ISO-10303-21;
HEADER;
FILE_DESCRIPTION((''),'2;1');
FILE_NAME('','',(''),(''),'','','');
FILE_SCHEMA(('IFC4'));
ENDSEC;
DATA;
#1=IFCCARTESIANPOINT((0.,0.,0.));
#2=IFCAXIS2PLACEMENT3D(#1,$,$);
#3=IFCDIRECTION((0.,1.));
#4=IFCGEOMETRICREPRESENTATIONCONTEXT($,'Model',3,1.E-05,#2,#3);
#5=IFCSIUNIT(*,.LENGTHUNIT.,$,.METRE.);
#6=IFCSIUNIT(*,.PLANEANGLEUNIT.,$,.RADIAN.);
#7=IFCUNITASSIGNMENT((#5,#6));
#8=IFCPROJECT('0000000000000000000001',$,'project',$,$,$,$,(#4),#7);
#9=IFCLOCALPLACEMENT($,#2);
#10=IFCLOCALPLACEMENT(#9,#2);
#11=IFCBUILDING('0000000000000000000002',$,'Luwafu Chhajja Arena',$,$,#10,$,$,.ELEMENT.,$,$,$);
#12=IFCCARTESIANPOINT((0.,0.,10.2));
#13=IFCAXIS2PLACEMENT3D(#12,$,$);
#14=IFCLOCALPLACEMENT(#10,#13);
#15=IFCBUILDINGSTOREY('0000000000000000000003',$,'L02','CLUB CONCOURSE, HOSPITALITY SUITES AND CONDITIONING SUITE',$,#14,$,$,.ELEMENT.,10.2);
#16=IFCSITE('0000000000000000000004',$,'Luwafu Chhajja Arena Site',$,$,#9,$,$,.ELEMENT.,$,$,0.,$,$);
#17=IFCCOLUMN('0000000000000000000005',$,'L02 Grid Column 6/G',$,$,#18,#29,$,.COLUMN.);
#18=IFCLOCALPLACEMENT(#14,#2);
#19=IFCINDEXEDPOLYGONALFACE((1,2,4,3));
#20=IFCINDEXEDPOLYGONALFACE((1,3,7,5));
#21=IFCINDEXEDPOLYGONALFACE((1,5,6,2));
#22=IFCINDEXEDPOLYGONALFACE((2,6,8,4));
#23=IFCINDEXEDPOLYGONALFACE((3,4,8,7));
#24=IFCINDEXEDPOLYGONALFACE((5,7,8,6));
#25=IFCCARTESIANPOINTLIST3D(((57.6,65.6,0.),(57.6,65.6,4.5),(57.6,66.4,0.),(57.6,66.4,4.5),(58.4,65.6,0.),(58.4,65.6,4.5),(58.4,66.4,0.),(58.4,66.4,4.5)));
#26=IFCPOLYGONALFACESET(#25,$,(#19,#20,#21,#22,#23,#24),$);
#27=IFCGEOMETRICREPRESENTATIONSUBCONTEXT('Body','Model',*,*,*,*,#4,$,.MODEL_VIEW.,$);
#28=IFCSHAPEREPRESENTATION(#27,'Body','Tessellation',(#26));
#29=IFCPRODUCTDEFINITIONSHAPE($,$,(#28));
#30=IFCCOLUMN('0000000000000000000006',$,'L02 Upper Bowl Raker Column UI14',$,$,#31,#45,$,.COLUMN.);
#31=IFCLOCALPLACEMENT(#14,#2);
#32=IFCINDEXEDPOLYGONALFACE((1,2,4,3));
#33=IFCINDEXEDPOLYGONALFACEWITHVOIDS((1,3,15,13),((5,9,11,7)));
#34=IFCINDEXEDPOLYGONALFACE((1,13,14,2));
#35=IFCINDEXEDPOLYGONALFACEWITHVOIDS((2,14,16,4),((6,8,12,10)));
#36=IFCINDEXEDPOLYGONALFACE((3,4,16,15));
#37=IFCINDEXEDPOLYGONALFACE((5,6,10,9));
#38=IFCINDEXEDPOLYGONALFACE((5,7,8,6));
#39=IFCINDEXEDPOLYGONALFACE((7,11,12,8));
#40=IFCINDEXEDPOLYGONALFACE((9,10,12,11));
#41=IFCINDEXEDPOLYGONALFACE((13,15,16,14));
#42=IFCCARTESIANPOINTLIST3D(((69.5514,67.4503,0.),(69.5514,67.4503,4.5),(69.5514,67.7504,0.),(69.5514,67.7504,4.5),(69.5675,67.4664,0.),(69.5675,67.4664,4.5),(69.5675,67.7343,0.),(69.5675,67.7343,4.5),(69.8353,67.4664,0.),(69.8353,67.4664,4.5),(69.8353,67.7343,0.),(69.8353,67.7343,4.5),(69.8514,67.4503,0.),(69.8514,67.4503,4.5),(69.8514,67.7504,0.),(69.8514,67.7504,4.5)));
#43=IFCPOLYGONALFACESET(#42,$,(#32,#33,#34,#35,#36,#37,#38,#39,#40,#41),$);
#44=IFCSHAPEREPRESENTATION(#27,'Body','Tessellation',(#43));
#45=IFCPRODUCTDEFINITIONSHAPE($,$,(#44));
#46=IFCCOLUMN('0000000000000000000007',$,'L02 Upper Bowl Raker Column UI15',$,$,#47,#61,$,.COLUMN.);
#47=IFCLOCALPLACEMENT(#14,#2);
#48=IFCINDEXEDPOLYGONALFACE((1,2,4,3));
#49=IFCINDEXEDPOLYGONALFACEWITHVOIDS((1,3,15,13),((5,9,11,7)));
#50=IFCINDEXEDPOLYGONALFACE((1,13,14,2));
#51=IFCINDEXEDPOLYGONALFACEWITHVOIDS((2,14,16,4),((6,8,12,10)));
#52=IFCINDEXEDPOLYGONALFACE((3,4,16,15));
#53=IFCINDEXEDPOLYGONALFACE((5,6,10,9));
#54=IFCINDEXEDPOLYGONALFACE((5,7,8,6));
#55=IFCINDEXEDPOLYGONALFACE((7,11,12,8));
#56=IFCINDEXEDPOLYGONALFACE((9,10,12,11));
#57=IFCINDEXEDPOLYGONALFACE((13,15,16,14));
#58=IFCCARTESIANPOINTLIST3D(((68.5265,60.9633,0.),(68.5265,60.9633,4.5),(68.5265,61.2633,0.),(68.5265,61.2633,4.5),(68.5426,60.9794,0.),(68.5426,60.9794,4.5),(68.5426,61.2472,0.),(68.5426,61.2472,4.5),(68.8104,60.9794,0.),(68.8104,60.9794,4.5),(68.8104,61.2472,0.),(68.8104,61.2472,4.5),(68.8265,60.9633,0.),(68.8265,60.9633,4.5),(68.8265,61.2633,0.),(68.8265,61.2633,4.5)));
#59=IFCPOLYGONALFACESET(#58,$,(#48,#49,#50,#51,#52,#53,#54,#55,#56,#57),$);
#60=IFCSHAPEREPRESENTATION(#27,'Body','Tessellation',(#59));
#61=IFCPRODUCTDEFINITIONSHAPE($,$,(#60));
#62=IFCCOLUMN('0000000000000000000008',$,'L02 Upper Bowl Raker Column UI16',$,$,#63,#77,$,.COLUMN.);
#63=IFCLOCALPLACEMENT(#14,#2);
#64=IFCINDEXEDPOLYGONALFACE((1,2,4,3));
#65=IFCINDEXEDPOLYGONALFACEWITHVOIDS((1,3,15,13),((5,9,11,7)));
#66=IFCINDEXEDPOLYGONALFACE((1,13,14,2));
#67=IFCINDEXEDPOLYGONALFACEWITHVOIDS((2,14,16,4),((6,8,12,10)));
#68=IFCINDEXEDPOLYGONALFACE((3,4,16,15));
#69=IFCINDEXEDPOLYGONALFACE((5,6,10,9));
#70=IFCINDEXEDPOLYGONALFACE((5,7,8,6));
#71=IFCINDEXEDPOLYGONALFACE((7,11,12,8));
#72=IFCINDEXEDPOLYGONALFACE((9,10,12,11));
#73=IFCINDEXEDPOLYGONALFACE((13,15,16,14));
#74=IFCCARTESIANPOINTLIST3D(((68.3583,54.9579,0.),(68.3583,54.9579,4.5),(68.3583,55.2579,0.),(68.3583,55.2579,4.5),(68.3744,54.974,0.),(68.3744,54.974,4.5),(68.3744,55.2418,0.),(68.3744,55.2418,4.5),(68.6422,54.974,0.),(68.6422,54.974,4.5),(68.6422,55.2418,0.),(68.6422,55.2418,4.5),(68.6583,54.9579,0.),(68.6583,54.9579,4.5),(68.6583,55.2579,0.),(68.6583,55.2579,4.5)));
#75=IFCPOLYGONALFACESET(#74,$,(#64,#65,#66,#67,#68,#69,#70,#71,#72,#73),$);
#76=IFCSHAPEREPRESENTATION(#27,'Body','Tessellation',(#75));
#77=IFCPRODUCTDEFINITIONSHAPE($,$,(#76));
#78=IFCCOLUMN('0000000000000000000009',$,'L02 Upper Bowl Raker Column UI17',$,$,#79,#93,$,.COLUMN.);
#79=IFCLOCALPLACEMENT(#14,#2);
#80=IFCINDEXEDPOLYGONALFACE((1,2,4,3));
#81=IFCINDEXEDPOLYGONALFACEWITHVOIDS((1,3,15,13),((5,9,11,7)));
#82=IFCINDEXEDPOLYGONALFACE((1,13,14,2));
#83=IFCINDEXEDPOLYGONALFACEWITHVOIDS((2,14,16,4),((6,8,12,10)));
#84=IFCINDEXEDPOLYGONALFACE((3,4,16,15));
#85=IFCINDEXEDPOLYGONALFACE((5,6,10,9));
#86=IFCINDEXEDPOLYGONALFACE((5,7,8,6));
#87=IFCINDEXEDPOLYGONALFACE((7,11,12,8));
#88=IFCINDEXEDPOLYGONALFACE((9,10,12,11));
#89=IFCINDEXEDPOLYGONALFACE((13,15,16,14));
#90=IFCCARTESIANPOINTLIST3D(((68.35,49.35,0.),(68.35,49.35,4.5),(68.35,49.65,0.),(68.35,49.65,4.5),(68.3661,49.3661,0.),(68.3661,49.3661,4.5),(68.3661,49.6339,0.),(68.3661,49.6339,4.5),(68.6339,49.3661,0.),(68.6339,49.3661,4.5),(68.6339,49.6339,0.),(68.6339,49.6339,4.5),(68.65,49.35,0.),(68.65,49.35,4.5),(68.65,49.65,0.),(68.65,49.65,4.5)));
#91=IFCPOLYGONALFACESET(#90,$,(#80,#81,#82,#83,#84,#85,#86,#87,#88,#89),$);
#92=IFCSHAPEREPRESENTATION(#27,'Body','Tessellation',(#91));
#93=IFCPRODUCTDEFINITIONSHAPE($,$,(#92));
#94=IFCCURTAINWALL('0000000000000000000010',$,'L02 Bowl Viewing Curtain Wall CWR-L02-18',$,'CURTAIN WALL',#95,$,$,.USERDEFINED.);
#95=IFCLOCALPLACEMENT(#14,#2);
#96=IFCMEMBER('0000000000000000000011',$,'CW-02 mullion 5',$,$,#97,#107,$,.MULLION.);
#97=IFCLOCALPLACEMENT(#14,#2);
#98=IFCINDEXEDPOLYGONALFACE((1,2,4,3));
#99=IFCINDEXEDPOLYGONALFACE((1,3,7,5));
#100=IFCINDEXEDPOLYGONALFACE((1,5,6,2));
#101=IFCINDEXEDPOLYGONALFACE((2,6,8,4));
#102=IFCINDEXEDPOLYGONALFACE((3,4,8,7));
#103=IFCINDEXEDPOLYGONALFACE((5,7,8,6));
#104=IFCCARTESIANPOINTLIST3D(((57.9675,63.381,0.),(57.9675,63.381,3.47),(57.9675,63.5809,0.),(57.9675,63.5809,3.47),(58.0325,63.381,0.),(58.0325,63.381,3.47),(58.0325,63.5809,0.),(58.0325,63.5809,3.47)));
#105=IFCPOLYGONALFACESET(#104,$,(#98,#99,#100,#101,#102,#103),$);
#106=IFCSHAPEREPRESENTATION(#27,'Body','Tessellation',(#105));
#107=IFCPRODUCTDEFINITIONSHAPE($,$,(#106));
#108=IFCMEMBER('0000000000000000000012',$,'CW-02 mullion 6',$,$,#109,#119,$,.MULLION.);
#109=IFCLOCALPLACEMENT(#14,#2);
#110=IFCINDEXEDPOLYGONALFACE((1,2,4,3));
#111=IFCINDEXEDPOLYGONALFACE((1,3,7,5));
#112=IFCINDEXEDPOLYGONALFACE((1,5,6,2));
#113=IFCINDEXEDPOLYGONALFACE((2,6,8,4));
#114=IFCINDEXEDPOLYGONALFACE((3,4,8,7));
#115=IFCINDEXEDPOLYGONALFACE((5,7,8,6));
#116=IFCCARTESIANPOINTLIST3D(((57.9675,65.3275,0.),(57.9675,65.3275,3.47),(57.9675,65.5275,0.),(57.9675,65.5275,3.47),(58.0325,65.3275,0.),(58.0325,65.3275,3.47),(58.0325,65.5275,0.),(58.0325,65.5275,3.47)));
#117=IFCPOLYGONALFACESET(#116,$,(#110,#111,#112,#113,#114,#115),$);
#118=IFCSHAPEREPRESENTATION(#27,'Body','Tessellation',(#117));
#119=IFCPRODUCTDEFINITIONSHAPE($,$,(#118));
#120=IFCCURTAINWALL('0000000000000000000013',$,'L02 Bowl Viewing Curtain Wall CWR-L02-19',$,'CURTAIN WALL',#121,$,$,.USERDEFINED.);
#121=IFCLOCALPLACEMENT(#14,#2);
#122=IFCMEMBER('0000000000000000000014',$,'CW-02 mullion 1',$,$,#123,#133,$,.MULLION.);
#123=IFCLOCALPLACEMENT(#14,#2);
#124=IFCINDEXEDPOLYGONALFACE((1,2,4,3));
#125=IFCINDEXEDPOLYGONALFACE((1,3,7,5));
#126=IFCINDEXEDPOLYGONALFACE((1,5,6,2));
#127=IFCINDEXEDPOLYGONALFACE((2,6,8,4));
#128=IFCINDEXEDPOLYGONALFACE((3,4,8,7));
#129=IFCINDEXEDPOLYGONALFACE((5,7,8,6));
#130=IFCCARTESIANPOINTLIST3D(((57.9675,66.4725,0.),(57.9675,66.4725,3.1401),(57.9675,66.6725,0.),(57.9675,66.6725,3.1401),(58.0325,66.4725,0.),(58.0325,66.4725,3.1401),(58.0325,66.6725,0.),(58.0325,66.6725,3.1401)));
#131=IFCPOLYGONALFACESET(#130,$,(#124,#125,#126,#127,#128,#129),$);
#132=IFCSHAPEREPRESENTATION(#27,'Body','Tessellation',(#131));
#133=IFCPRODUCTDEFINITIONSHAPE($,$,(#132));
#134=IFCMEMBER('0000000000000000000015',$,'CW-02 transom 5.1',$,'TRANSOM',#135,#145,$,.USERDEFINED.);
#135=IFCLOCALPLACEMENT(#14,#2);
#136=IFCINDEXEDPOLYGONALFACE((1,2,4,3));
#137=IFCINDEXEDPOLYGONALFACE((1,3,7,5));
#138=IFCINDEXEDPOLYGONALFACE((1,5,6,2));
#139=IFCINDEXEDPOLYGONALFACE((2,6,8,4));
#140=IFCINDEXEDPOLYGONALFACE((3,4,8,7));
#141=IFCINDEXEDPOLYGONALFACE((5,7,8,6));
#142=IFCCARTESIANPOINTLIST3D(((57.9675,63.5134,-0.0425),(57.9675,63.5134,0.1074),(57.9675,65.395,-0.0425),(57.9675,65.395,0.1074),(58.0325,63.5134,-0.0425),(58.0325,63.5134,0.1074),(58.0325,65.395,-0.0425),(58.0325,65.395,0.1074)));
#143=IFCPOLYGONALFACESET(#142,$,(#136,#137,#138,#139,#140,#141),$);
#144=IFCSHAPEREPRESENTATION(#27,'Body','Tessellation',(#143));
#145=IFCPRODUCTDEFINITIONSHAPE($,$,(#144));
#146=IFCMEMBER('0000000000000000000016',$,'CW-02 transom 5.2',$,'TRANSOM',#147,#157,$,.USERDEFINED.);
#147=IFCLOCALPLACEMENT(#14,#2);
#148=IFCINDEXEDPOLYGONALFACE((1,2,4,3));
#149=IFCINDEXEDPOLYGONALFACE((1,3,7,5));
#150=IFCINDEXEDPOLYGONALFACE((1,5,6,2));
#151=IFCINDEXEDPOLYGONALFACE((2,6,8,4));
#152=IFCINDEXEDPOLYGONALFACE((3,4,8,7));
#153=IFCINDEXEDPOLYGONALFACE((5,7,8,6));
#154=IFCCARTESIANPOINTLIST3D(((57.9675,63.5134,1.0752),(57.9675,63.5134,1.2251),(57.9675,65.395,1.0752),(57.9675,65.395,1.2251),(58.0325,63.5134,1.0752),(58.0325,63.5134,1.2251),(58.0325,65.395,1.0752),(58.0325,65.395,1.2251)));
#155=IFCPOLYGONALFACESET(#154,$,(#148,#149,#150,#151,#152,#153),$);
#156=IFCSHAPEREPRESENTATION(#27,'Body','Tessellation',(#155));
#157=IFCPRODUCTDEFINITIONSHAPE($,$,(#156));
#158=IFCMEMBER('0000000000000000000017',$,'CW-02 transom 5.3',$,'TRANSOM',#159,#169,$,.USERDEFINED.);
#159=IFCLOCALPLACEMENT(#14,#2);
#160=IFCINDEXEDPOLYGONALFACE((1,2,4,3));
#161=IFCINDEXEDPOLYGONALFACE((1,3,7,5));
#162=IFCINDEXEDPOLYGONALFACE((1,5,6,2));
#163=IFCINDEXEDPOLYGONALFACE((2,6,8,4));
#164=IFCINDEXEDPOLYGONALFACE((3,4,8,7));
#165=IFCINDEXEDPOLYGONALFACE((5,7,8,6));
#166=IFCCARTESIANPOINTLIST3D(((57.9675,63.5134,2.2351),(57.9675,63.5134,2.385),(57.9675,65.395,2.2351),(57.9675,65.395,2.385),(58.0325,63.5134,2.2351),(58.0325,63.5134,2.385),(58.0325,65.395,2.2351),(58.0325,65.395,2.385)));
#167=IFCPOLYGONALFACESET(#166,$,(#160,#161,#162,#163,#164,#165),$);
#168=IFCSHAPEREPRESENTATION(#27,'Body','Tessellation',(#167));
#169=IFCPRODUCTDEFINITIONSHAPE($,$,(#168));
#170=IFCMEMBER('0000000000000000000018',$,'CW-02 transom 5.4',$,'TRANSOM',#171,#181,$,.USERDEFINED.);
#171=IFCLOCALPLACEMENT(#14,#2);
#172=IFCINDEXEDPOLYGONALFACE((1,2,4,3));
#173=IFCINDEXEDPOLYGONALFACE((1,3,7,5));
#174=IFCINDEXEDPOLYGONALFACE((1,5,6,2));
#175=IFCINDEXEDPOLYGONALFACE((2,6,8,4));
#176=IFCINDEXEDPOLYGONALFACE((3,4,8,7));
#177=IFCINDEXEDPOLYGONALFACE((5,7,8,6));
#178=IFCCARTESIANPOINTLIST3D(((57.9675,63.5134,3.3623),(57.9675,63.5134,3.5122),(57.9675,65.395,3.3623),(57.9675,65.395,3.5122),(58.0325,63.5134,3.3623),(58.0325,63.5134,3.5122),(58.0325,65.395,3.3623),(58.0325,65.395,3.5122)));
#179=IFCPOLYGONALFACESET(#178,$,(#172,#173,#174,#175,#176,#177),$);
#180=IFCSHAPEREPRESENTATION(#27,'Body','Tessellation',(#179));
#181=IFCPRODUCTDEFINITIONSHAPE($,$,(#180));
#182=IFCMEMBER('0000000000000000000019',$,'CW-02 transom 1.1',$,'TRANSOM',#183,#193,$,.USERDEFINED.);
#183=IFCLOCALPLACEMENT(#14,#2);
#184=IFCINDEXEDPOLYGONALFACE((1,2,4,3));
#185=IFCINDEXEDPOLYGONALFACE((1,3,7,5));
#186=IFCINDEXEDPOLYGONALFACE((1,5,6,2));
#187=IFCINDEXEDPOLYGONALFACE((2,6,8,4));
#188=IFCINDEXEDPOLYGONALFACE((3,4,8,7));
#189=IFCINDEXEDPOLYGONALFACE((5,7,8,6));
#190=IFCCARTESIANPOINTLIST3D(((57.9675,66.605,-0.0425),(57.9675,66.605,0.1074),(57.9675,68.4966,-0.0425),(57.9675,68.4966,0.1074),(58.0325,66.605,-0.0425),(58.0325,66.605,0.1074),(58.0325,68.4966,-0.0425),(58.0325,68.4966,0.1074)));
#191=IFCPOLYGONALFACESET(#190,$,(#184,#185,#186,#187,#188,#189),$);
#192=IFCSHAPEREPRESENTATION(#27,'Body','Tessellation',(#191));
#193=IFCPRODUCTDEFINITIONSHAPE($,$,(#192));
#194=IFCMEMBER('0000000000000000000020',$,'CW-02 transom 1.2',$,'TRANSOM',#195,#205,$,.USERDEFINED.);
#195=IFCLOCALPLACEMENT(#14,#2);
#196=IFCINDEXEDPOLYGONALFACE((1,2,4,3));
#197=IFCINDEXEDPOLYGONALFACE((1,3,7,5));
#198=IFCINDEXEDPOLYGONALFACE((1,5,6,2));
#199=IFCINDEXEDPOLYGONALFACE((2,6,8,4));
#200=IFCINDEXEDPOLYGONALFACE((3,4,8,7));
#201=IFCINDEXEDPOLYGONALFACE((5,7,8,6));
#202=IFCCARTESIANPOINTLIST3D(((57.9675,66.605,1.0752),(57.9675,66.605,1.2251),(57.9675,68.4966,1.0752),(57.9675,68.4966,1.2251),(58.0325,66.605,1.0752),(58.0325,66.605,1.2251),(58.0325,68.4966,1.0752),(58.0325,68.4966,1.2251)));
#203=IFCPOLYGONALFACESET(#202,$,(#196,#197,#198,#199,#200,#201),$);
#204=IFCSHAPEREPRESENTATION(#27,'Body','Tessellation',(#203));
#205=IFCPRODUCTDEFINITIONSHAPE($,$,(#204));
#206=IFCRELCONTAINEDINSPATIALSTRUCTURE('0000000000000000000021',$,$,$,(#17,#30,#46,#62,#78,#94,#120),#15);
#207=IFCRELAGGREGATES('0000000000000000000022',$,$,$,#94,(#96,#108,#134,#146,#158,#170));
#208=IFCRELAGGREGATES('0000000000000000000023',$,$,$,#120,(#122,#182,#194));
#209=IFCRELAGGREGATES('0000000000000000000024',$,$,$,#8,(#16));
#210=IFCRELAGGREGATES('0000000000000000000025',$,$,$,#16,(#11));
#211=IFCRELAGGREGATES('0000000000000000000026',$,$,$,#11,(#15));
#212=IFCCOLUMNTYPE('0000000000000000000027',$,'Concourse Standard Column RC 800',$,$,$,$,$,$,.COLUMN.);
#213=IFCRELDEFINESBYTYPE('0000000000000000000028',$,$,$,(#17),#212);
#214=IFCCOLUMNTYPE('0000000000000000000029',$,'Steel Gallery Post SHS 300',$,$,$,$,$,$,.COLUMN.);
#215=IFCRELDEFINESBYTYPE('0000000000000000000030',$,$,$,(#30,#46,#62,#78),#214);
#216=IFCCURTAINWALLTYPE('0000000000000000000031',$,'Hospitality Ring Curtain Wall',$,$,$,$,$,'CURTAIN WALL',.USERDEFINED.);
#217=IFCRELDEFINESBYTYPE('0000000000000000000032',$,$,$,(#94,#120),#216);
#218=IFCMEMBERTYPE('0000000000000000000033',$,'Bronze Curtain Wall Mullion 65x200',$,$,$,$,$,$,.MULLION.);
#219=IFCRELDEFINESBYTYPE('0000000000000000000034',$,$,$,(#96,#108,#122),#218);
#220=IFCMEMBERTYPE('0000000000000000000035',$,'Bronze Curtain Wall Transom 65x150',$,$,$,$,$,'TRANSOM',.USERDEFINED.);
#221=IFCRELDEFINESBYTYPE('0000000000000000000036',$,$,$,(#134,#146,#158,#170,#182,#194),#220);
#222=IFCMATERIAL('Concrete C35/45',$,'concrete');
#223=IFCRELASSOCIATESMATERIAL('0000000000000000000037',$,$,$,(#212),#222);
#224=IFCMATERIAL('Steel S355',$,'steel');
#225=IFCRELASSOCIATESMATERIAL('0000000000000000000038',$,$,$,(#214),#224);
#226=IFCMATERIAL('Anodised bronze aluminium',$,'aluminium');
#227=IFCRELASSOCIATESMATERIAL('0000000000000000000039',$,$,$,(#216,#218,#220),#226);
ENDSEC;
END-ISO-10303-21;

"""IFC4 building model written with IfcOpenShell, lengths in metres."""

from ifc_helpers import new_model, si_unit, direction, frame, origin, origin_2d, place, context, subcontext, project, spatial, rectangle, hollow_rectangle, extrude, material, material_profile, profile_set, type_object, element, aggregate, save


model = new_model("IFC4")

# Units and contexts
model_context = context("Model", 3, precision=1e-05, world=origin(), true_north=direction((0.0, 1.0)))
body_context = subcontext(model_context, "Body", "Model", "MODEL_VIEW")
ifc_project = project(units=[si_unit("LENGTHUNIT", "METRE"), si_unit("PLANEANGLEUNIT", "RADIAN")], contexts=[model_context])

# Site, building, storey
site_placement = place(None, origin())
site = spatial("IfcSite", under=ifc_project, at=site_placement, Name="Luwafu Chhajja Arena Site", CompositionType="ELEMENT", RefElevation=0.0)
building_placement = place(site_placement, origin())
building = spatial("IfcBuilding", under=site, at=building_placement, Name="Luwafu Chhajja Arena", CompositionType="ELEMENT")
storey_placement = place(building_placement, frame((0.0, 0.0, 10.2)))
storey = spatial("IfcBuildingStorey", under=building, at=storey_placement, Name="L02", Description="CLUB CONCOURSE, HOSPITALITY SUITES AND CONDITIONING SUITE", CompositionType="ELEMENT", Elevation=10.2)

# Columns
ifc_material_1 = material(Name="Concrete C35/45", Category="concrete")
ifc_material_profile_1 = material_profile(ifc_material_1, rectangle(XDim=0.8, YDim=0.8, at=origin_2d()), Name="RC 800x800")
ifc_profile_set_1 = profile_set([ifc_material_profile_1], Name="Concrete C35/45")
column_type_1 = type_object("IfcColumnType", Name="Concourse Standard Column RC 800", PredefinedType="COLUMN", material=ifc_profile_set_1)
column_placement = place(storey_placement, frame((58.0, 66.0, 0.0), z_axis=(0.0, 0.0, 1.0), x_axis=(1.0, 0.0, 0.0)))
element("IfcColumn", 1, at=column_placement, inside=storey, type_object=column_type_1, Name="L02 Grid Column 6/G", PredefinedType="COLUMN", context=body_context, shape_type="SweptSolid", body=[
    extrude(rectangle(XDim=0.8, YDim=0.8, at=origin_2d()), origin(), (0.0, 0.0, 1.0), 4.5),
])
ifc_material_2 = material(Name="Steel S355", Category="steel")
ifc_material_profile_2 = material_profile(ifc_material_2, hollow_rectangle(XDim=0.3, YDim=0.3, WallThickness=0.0161, at=origin_2d()), Name="SHS 300x300x16")
ifc_profile_set_2 = profile_set([ifc_material_profile_2], Name="Steel S355")
column_type_2 = type_object("IfcColumnType", Name="Steel Gallery Post SHS 300", PredefinedType="COLUMN", material=ifc_profile_set_2)
for number, where, z_axis, x_axis, name in (
    (2, (69.7014, 67.6003, 0.0), (0.0, 0.0, 1.0), (1.0, 0.0, 0.0), "L02 Upper Bowl Raker Column UI14"),
    (3, (68.6765, 61.1133, 0.0), (0.0, 0.0, 1.0), (1.0, 0.0, 0.0), "L02 Upper Bowl Raker Column UI15"),
    (4, (68.5083, 55.1079, 0.0), (0.0, 0.0, 1.0), (1.0, 0.0, 0.0), "L02 Upper Bowl Raker Column UI16"),
    (5, (68.5, 49.5, 0.0), (0.0, 0.0, 1.0), (1.0, 0.0, 0.0), "L02 Upper Bowl Raker Column UI17"),
):
    element("IfcColumn", number, at=place(storey_placement, frame(where, z_axis=z_axis, x_axis=x_axis)), inside=storey, type_object=column_type_2, Name=name, PredefinedType="COLUMN", context=body_context, shape_type="SweptSolid", body=[
        extrude(hollow_rectangle(XDim=0.3, YDim=0.3, WallThickness=0.0161, at=origin_2d()), origin(), (0.0, 0.0, 1.0), 4.5),
    ])

# Curtain wall, members
ifc_material_3 = material(Name="Anodised bronze aluminium", Category="aluminium")
curtain_wall_type = type_object("IfcCurtainWallType", Name="Hospitality Ring Curtain Wall", ElementType="CURTAIN WALL", PredefinedType="USERDEFINED", material=ifc_material_3)
curtain_wall_1_placement = place(storey_placement, origin())
curtain_wall_1 = element("IfcCurtainWall", 6, at=curtain_wall_1_placement, inside=storey, type_object=curtain_wall_type, Name="L02 Bowl Viewing Curtain Wall CWR-L02-18", ObjectType="CURTAIN WALL", PredefinedType="USERDEFINED")
ifc_material_profile_3 = material_profile(ifc_material_3, rectangle(XDim=0.0649, YDim=0.2, at=origin_2d()), Name="CWM 65x200")
ifc_profile_set_3 = profile_set([ifc_material_profile_3], Name="Anodised bronze aluminium")
member_type_1 = type_object("IfcMemberType", Name="Bronze Curtain Wall Mullion 65x200", PredefinedType="MULLION", material=ifc_profile_set_3)
member_1_placement = place(storey_placement, frame((58.0, 63.481, 0.0), z_axis=(0.0, 0.0, 1.0), x_axis=(-1.0, 0.0, 0.0)))
member_1 = element("IfcMember", 7, at=member_1_placement, type_object=member_type_1, Name="CW-02 mullion 5", PredefinedType="MULLION", context=body_context, shape_type="SweptSolid", body=[
    extrude(rectangle(XDim=0.0649, YDim=0.2, at=origin_2d()), origin(), (0.0, 0.0, 1.0), 3.47),
])
member_2_placement = place(storey_placement, frame((58.0, 65.4275, 0.0), z_axis=(0.0, 0.0, 1.0), x_axis=(-1.0, 0.0, 0.0)))
member_2 = element("IfcMember", 8, at=member_2_placement, type_object=member_type_1, Name="CW-02 mullion 6", PredefinedType="MULLION", context=body_context, shape_type="SweptSolid", body=[
    extrude(rectangle(XDim=0.0649, YDim=0.2, at=origin_2d()), origin(), (0.0, 0.0, 1.0), 3.47),
])

# Curtain wall, member
curtain_wall_2_placement = place(storey_placement, origin())
curtain_wall_2 = element("IfcCurtainWall", 9, at=curtain_wall_2_placement, inside=storey, type_object=curtain_wall_type, Name="L02 Bowl Viewing Curtain Wall CWR-L02-19", ObjectType="CURTAIN WALL", PredefinedType="USERDEFINED")
member_3_placement = place(storey_placement, frame((58.0, 66.5725, 0.0), z_axis=(0.0, 0.0, 1.0), x_axis=(-1.0, 0.0, 0.0)))
member_3 = element("IfcMember", 10, at=member_3_placement, type_object=member_type_1, Name="CW-02 mullion 1", PredefinedType="MULLION", context=body_context, shape_type="SweptSolid", body=[
    extrude(rectangle(XDim=0.0649, YDim=0.2, at=origin_2d()), origin(), (0.0, 0.0, 1.0), 3.1401),
])

# Members
ifc_material_profile_4 = material_profile(ifc_material_3, rectangle(XDim=0.0649, YDim=0.1499, at=origin_2d()), Name="CWT 65x150")
ifc_profile_set_4 = profile_set([ifc_material_profile_4], Name="Anodised bronze aluminium")
member_type_2 = type_object("IfcMemberType", Name="Bronze Curtain Wall Transom 65x150", ElementType="TRANSOM", PredefinedType="USERDEFINED", material=ifc_profile_set_4)
member_4_placement = place(storey_placement, frame((58.0, 63.5134, 0.0325), z_axis=(0.0, 1.0, 0.0), x_axis=(-1.0, 0.0, 0.0)))
member_4 = element("IfcMember", 11, at=member_4_placement, type_object=member_type_2, Name="CW-02 transom 5.1", ObjectType="TRANSOM", PredefinedType="USERDEFINED", context=body_context, shape_type="SweptSolid", body=[
    extrude(rectangle(XDim=0.0649, YDim=0.1499, at=origin_2d()), origin(), (0.0, 0.0, 1.0), 1.8816),
])
member_5_placement = place(storey_placement, frame((58.0, 63.5134, 1.1501), z_axis=(0.0, 1.0, 0.0), x_axis=(-1.0, 0.0, 0.0)))
member_5 = element("IfcMember", 12, at=member_5_placement, type_object=member_type_2, Name="CW-02 transom 5.2", ObjectType="TRANSOM", PredefinedType="USERDEFINED", context=body_context, shape_type="SweptSolid", body=[
    extrude(rectangle(XDim=0.0649, YDim=0.1499, at=origin_2d()), origin(), (0.0, 0.0, 1.0), 1.8816),
])
member_6_placement = place(storey_placement, frame((58.0, 63.5134, 2.3101), z_axis=(0.0, 1.0, 0.0), x_axis=(-1.0, 0.0, 0.0)))
member_6 = element("IfcMember", 13, at=member_6_placement, type_object=member_type_2, Name="CW-02 transom 5.3", ObjectType="TRANSOM", PredefinedType="USERDEFINED", context=body_context, shape_type="SweptSolid", body=[
    extrude(rectangle(XDim=0.0649, YDim=0.1499, at=origin_2d()), origin(), (0.0, 0.0, 1.0), 1.8816),
])
member_7_placement = place(storey_placement, frame((58.0, 63.5134, 3.4373), z_axis=(0.0, 1.0, 0.0), x_axis=(-1.0, 0.0, 0.0)))
member_7 = element("IfcMember", 14, at=member_7_placement, type_object=member_type_2, Name="CW-02 transom 5.4", ObjectType="TRANSOM", PredefinedType="USERDEFINED", context=body_context, shape_type="SweptSolid", body=[
    extrude(rectangle(XDim=0.0649, YDim=0.1499, at=origin_2d()), origin(), (0.0, 0.0, 1.0), 1.8816),
])
member_8_placement = place(storey_placement, frame((58.0, 66.605, 0.0325), z_axis=(0.0, 1.0, 0.0), x_axis=(-1.0, 0.0, 0.0)))
member_8 = element("IfcMember", 15, at=member_8_placement, type_object=member_type_2, Name="CW-02 transom 1.1", ObjectType="TRANSOM", PredefinedType="USERDEFINED", context=body_context, shape_type="SweptSolid", body=[
    extrude(rectangle(XDim=0.0649, YDim=0.1499, at=origin_2d()), origin(), (0.0, 0.0, 1.0), 1.8916),
])
member_9_placement = place(storey_placement, frame((58.0, 66.605, 1.1501), z_axis=(0.0, 1.0, 0.0), x_axis=(-1.0, 0.0, 0.0)))
member_9 = element("IfcMember", 16, at=member_9_placement, type_object=member_type_2, Name="CW-02 transom 1.2", ObjectType="TRANSOM", PredefinedType="USERDEFINED", context=body_context, shape_type="SweptSolid", body=[
    extrude(rectangle(XDim=0.0649, YDim=0.1499, at=origin_2d()), origin(), (0.0, 0.0, 1.0), 1.8916),
])

aggregate(curtain_wall_1, [member_1, member_2, member_4, member_5, member_6, member_7])
aggregate(curtain_wall_2, [member_3, member_8, member_9])

save(model, "model.ifc")
